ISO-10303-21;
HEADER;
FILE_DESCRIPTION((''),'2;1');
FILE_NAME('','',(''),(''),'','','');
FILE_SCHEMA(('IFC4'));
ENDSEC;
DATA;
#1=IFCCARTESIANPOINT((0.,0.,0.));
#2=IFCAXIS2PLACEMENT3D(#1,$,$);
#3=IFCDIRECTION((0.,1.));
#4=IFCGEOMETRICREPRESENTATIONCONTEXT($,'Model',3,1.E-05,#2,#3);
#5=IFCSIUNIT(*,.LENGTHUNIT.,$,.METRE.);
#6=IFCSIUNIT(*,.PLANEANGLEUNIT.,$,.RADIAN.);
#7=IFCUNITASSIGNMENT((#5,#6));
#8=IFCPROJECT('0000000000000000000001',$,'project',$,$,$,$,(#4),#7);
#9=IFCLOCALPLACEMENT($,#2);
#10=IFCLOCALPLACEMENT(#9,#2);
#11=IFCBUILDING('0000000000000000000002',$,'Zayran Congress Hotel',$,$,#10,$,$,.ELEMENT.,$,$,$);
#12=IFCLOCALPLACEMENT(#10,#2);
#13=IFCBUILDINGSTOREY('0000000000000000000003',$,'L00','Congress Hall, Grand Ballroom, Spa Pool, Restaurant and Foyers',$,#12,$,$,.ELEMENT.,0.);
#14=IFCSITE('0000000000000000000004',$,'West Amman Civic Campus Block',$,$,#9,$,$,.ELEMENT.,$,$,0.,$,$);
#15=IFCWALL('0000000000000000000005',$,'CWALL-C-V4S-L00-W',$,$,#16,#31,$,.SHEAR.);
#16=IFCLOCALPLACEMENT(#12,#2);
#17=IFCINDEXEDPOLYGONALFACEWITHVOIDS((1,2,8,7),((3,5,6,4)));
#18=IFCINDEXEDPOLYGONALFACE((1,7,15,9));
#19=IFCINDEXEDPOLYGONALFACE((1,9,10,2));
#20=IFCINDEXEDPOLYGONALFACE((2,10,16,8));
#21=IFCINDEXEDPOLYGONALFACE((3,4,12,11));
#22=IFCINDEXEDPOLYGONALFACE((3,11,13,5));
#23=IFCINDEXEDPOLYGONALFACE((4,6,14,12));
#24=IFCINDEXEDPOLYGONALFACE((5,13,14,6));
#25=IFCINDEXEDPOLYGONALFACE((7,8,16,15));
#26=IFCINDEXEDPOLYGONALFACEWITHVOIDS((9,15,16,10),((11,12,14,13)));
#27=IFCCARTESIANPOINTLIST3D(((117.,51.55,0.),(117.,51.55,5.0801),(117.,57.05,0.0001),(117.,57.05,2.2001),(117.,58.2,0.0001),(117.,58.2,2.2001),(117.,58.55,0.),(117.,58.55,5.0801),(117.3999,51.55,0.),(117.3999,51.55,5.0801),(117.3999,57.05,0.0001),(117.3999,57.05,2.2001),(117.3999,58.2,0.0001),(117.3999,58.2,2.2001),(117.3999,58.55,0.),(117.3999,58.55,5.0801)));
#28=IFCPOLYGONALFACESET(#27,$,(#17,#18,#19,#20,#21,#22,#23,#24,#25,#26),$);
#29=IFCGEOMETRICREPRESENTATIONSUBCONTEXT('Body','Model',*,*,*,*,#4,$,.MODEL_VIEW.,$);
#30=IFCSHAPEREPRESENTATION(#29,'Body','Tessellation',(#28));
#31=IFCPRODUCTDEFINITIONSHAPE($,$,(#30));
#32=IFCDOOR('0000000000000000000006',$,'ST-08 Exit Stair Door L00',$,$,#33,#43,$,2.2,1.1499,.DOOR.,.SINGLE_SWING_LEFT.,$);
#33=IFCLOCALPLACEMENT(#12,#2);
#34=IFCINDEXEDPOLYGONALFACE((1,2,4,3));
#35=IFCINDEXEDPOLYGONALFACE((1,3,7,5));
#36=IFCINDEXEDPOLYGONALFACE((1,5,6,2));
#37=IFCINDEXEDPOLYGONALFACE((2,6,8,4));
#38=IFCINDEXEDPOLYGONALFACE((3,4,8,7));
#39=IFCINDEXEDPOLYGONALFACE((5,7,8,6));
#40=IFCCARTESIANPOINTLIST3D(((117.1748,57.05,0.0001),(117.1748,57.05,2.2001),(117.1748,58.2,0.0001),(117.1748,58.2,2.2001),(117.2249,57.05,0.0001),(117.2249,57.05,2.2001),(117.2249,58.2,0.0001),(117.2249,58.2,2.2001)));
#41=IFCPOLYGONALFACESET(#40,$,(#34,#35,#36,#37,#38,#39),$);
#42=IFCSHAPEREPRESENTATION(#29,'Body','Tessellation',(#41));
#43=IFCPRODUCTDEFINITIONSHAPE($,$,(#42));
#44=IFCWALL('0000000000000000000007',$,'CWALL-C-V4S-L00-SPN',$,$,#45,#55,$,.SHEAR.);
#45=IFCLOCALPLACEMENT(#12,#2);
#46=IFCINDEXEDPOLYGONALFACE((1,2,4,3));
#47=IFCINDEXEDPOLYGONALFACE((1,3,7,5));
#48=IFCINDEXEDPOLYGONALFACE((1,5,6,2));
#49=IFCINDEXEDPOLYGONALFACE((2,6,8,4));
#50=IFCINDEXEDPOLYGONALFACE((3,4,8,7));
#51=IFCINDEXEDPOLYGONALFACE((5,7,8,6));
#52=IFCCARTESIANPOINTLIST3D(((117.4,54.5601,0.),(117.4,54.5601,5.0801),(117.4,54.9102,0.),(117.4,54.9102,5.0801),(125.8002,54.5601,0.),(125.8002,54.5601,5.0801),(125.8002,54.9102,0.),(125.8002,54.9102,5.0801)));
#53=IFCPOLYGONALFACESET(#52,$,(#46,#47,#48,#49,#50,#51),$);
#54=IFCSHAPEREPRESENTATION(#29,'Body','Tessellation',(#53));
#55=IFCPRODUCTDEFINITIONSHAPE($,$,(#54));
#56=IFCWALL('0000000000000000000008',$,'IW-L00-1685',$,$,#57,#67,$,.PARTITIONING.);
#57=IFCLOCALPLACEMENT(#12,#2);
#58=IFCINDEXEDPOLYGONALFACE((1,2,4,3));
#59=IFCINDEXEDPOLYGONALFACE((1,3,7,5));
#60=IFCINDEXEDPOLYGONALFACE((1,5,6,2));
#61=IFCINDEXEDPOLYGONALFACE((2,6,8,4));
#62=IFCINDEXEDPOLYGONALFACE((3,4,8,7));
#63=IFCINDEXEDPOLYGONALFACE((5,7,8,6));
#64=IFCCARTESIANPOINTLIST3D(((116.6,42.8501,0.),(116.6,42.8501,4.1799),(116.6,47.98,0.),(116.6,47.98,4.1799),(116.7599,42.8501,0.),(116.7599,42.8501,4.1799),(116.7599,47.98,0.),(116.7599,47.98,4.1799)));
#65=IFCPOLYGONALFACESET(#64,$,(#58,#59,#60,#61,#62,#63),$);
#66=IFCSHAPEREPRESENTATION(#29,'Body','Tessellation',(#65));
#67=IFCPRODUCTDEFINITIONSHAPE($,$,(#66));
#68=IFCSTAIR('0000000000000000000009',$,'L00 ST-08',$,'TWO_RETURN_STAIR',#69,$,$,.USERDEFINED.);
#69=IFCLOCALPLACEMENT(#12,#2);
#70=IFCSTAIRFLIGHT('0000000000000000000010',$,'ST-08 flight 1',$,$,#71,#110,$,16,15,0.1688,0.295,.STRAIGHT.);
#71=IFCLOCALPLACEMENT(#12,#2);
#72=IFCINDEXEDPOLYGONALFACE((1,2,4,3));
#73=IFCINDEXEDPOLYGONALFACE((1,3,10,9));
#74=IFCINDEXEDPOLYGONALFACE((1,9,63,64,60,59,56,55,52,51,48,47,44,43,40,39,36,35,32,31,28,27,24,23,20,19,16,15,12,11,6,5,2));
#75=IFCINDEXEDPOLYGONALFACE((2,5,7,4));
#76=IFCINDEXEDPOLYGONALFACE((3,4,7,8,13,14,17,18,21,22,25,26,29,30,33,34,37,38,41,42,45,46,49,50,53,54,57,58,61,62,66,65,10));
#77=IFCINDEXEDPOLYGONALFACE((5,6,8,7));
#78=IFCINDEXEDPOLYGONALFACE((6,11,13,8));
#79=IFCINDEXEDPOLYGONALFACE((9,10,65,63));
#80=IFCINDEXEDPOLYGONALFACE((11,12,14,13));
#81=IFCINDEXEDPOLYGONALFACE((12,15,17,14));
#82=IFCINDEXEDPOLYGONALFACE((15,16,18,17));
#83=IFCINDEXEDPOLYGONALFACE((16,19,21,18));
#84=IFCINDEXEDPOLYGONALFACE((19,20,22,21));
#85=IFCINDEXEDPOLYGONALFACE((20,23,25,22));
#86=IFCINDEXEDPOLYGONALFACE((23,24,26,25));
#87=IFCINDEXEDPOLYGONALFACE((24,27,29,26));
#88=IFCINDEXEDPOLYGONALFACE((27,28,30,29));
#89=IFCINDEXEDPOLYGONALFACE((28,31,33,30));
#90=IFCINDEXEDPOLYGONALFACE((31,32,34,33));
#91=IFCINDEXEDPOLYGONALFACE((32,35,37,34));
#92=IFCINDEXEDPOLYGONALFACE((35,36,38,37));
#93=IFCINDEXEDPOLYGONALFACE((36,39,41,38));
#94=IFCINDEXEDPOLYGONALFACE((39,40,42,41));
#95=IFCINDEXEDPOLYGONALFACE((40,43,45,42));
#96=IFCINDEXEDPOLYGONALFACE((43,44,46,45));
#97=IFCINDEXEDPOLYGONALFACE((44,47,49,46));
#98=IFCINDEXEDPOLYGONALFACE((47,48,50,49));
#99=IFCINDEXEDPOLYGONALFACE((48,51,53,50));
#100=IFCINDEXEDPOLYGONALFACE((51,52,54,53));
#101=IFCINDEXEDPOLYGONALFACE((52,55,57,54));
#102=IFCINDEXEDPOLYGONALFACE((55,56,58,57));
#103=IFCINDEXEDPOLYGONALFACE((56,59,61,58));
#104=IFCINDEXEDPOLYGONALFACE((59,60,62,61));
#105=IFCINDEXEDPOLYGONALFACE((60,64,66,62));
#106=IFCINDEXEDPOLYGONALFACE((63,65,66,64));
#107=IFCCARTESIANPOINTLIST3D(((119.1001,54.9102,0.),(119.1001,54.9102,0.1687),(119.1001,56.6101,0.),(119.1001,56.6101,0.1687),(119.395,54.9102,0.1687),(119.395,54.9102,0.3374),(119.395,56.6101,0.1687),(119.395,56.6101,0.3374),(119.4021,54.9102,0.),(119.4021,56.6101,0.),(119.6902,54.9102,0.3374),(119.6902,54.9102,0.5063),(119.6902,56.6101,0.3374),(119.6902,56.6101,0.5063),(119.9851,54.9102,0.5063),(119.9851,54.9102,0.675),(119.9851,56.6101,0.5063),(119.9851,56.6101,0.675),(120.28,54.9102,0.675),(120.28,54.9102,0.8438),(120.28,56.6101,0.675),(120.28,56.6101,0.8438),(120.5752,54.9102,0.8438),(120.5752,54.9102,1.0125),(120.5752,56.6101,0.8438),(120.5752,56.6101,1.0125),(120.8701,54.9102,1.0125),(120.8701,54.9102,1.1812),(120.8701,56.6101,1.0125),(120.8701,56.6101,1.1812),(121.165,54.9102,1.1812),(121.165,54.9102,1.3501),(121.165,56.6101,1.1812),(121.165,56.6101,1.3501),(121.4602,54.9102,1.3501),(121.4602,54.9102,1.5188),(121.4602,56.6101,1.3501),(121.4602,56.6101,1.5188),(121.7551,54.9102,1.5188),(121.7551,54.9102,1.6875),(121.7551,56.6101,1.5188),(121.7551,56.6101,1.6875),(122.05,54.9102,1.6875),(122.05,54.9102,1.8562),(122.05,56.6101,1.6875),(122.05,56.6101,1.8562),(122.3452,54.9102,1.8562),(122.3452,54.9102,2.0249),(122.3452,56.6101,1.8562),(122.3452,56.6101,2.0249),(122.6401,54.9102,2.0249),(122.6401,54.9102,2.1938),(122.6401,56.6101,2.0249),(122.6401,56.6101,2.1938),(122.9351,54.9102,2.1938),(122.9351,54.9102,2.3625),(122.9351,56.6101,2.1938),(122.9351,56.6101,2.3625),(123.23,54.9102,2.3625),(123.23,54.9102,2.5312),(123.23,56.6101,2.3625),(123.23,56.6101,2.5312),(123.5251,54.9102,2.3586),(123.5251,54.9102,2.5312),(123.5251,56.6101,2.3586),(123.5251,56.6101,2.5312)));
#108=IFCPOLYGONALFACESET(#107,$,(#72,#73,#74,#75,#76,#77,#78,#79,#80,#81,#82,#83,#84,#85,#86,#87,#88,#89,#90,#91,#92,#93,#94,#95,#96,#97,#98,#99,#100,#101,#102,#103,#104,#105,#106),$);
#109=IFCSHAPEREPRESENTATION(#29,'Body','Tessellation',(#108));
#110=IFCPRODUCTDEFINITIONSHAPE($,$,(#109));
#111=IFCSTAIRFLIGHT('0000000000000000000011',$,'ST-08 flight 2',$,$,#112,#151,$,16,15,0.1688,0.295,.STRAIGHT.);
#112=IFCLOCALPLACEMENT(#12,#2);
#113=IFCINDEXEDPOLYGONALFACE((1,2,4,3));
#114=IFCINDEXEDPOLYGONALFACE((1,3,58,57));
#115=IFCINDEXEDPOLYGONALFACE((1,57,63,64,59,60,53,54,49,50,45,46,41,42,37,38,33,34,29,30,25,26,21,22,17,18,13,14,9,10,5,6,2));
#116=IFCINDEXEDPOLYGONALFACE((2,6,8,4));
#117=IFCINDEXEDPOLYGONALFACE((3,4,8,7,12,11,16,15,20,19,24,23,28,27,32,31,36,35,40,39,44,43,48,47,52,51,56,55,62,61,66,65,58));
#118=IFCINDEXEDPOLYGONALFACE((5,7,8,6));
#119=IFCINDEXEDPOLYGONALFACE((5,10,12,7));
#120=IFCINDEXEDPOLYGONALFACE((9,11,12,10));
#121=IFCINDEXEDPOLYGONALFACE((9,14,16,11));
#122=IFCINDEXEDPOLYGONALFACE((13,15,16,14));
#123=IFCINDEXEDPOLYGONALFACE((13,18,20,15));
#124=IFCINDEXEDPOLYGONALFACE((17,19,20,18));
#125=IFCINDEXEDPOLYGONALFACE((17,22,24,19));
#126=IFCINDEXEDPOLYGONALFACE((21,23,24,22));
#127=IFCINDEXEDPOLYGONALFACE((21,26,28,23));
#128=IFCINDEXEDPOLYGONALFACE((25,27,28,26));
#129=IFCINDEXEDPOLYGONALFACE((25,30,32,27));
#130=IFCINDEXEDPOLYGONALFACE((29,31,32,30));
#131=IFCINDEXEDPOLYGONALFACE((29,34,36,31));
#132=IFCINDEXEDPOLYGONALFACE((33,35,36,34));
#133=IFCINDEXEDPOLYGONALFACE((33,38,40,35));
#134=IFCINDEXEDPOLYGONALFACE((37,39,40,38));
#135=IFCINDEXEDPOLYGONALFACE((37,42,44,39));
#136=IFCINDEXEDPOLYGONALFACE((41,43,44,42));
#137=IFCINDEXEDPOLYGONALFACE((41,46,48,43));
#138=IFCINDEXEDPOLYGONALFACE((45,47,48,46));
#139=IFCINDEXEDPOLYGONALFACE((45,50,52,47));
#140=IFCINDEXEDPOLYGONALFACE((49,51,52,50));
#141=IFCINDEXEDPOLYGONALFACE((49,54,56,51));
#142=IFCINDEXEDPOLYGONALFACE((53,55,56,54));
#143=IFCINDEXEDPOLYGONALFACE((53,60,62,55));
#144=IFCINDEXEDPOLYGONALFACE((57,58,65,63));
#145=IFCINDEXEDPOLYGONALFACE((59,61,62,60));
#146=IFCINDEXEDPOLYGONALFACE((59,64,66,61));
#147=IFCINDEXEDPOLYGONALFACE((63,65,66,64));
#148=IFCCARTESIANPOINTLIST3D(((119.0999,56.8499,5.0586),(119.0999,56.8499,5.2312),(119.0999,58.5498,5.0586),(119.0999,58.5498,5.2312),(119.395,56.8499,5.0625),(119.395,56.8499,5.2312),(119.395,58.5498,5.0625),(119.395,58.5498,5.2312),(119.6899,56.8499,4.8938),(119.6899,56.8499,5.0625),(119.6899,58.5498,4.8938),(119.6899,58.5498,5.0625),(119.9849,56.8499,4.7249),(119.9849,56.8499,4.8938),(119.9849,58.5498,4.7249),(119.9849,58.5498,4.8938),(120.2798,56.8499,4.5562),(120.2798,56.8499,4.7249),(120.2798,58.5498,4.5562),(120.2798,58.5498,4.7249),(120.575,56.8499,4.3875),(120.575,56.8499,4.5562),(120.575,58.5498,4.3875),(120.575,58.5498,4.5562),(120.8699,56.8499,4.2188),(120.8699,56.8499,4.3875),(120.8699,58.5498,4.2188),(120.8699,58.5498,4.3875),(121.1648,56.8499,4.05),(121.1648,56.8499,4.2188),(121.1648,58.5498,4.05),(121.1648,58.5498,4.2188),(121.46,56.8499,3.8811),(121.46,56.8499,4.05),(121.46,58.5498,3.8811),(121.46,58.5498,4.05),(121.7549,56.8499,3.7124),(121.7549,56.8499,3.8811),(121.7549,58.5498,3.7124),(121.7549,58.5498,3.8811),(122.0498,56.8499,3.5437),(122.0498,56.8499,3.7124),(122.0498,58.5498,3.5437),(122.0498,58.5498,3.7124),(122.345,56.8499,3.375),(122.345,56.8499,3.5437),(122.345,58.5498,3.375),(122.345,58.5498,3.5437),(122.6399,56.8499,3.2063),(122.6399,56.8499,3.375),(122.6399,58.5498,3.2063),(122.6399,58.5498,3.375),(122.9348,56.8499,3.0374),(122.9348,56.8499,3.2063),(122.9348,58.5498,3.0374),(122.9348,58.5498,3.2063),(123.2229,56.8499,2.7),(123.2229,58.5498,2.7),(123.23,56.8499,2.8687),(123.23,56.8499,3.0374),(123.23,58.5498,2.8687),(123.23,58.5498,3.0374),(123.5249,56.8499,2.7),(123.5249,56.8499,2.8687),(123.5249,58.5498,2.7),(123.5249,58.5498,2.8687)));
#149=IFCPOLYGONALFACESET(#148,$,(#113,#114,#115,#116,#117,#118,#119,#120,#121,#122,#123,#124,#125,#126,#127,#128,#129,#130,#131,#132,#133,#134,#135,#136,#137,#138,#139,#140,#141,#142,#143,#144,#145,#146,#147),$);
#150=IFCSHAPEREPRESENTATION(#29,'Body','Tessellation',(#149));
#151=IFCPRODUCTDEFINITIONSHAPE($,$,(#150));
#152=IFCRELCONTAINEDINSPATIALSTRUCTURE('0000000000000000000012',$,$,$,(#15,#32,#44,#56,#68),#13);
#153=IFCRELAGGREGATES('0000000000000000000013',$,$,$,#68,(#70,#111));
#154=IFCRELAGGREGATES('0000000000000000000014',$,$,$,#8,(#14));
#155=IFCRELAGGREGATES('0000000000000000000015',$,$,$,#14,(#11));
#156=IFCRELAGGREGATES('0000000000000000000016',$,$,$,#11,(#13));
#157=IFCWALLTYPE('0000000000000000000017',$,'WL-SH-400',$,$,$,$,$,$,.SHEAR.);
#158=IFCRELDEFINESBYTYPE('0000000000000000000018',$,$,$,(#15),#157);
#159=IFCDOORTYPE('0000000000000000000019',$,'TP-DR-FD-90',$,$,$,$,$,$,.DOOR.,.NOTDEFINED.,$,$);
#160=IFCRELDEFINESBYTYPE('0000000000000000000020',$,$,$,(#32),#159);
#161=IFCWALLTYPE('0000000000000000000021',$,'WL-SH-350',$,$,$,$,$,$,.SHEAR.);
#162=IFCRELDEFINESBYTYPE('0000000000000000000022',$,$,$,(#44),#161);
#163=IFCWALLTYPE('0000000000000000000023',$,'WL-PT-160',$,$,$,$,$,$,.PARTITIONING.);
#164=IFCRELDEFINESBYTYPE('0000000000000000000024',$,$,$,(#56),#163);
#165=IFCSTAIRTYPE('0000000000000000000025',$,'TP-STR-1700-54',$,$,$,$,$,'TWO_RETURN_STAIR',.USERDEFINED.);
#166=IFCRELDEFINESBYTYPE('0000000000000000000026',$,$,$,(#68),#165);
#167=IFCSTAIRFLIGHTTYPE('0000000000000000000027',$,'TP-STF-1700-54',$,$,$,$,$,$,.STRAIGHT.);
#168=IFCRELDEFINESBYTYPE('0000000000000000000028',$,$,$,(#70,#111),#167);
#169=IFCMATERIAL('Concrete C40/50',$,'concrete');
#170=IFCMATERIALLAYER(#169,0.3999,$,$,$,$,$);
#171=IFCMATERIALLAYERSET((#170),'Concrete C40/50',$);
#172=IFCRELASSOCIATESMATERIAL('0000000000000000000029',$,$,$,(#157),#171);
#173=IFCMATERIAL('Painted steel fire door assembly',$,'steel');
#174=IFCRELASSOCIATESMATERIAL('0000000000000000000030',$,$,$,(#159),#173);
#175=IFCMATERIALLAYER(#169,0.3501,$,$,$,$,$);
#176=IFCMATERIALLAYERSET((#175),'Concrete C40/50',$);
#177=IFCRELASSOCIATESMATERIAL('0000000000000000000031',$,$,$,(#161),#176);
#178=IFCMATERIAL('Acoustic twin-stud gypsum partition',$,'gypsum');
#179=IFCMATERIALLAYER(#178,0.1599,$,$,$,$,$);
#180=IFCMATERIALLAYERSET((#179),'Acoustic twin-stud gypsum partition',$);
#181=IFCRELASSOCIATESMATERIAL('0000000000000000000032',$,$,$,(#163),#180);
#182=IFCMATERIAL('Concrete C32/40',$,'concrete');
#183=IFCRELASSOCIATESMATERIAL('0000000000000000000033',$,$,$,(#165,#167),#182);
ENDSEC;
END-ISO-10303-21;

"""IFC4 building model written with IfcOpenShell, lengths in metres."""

from ifc_helpers import new_model, si_unit, direction, frame, frame_2d, origin, place, context, subcontext, project, spatial, polyline, rectangle, outline, extrude, material, layer, layer_set, type_object, element, fill, aggregate, save


model = new_model("IFC4")

# Units and contexts
model_context = context("Model", 3, precision=1e-05, world=origin(), true_north=direction((0.0, 1.0)))
body_context = subcontext(model_context, "Body", "Model", "MODEL_VIEW")
ifc_project = project(units=[si_unit("LENGTHUNIT", "METRE"), si_unit("PLANEANGLEUNIT", "RADIAN")], contexts=[model_context])

# Site, building, storey
site_placement = place(None, origin())
site = spatial("IfcSite", under=ifc_project, at=site_placement, Name="West Amman Civic Campus Block", CompositionType="ELEMENT", RefElevation=0.0)
building_placement = place(site_placement, origin())
building = spatial("IfcBuilding", under=site, at=building_placement, Name="Zayran Congress Hotel", CompositionType="ELEMENT")
storey_placement = place(building_placement, origin())
storey = spatial("IfcBuildingStorey", under=building, at=storey_placement, Name="L00", Description="Congress Hall, Grand Ballroom, Spa Pool, Restaurant and Foyers", CompositionType="ELEMENT", Elevation=0.0)

# Shared definitions
ifc_material_1 = material(Name="Concrete C40/50", Category="concrete")

# Shared definitions
ifc_layer_1 = layer(ifc_material_1, 0.3999)
ifc_layer_set_1 = layer_set([ifc_layer_1], Name="Concrete C40/50")
wall_type_1 = type_object("IfcWallType", Name="WL-SH-400", PredefinedType="SHEAR", material=ifc_layer_set_1)

# Wall, opening, door
wall_1_placement = place(storey_placement, frame((117.2, 58.55, 0.0), z_axis=(0.0, 0.0, 1.0), x_axis=(0.0, -1.0, 0.0)))
wall_1 = element("IfcWall", 1, at=wall_1_placement, inside=storey, type_object=wall_type_1, Name="CWALL-C-V4S-L00-W", PredefinedType="SHEAR", context=body_context, shape_type="SweptSolid", body=[
    extrude(rectangle(XDim=7.0, YDim=0.3999, at=frame_2d((3.5, 0.0))), origin(), (0.0, 0.0, 1.0), 5.0801),
])
opening_placement = place(wall_1_placement, frame((0.3501, 0.0, 0.0)))
opening = element("IfcOpeningElement", 2, at=opening_placement, cuts=wall_1, PredefinedType="OPENING", context=body_context, shape_type="SweptSolid", body=[
    extrude(rectangle(XDim=1.1499, YDim=2.2, at=frame_2d((0.575, 1.1001))), frame((0.0, 0.21, 0.0), z_axis=(0.0, -1.0, 0.0), x_axis=(1.0, 0.0, 0.0)), (0.0, 0.0, 1.0), 0.4199),
])
ifc_material_2 = material(Name="Painted steel fire door assembly", Category="steel")
door_type = type_object("IfcDoorType", Name="TP-DR-FD-90", OperationType="NOTDEFINED", PredefinedType="DOOR", material=ifc_material_2)
door_placement = place(opening_placement, origin())
door = element("IfcDoor", 3, at=door_placement, inside=storey, type_object=door_type, Name="ST-08 Exit Stair Door L00", OperationType="SINGLE_SWING_LEFT", OverallHeight=2.2, OverallWidth=1.1499, PredefinedType="DOOR", context=body_context, shape_type="SweptSolid", body=[
    extrude(rectangle(XDim=1.1499, YDim=2.2, at=frame_2d((0.575, 1.1001))), frame((0.0, 0.0249, 0.0), z_axis=(0.0, -1.0, 0.0), x_axis=(1.0, 0.0, 0.0)), (0.0, 0.0, 1.0), 0.05),
])
fill(opening, door)

# Walls
ifc_layer_2 = layer(ifc_material_1, 0.3501)
ifc_layer_set_2 = layer_set([ifc_layer_2], Name="Concrete C40/50")
wall_type_2 = type_object("IfcWallType", Name="WL-SH-350", PredefinedType="SHEAR", material=ifc_layer_set_2)
wall_2_placement = place(storey_placement, frame((117.3999, 54.7351, 0.0), z_axis=(0.0, 0.0, 1.0), x_axis=(1.0, 0.0, 0.0)))
element("IfcWall", 4, at=wall_2_placement, inside=storey, type_object=wall_type_2, Name="CWALL-C-V4S-L00-SPN", PredefinedType="SHEAR", context=body_context, shape_type="SweptSolid", body=[
    extrude(rectangle(XDim=8.4001, YDim=0.3501, at=frame_2d((4.2002, 0.0))), origin(), (0.0, 0.0, 1.0), 5.0801),
])
ifc_material_3 = material(Name="Acoustic twin-stud gypsum partition", Category="gypsum")
ifc_layer_3 = layer(ifc_material_3, 0.1599)
ifc_layer_set_3 = layer_set([ifc_layer_3], Name="Acoustic twin-stud gypsum partition")
wall_type_3 = type_object("IfcWallType", Name="WL-PT-160", PredefinedType="PARTITIONING", material=ifc_layer_set_3)
wall_3_placement = place(storey_placement, frame((116.6799, 42.8501, 0.0), z_axis=(0.0, 0.0, 1.0), x_axis=(0.0, 1.0, 0.0)))
element("IfcWall", 5, at=wall_3_placement, inside=storey, type_object=wall_type_3, Name="IW-L00-1685", PredefinedType="PARTITIONING", context=body_context, shape_type="SweptSolid", body=[
    extrude(rectangle(XDim=5.1299, YDim=0.1599, at=frame_2d((2.5649, 0.0))), origin(), (0.0, 0.0, 1.0), 4.1799),
])

# Stair, stair flights
ifc_material_4 = material(Name="Concrete C32/40", Category="concrete")
stair_type = type_object("IfcStairType", Name="TP-STR-1700-54", ElementType="TWO_RETURN_STAIR", PredefinedType="USERDEFINED", material=ifc_material_4)
stair_placement = place(storey_placement, origin())
stair = element("IfcStair", 6, at=stair_placement, inside=storey, type_object=stair_type, Name="L00 ST-08", ObjectType="TWO_RETURN_STAIR", PredefinedType="USERDEFINED")
stair_flight_type = type_object("IfcStairFlightType", Name="TP-STF-1700-54", PredefinedType="STRAIGHT", material=ifc_material_4)
stair_flight_1_placement = place(storey_placement, frame((119.1001, 55.76, 0.0), z_axis=(0.0, 0.0, 1.0), x_axis=(1.0, 0.0, 0.0)))
stair_flight_1 = element("IfcStairFlight", 7, at=stair_flight_1_placement, type_object=stair_flight_type, Name="ST-08 flight 1", NumberOfRisers=16, NumberOfTreads=15, PredefinedType="STRAIGHT", RiserHeight=0.1688, TreadLength=0.295, context=body_context, shape_type="SweptSolid", body=[
    extrude(outline(polyline([(0.0, 0.0), (0.0, 0.1687), (0.2949, 0.1687), (0.2949, 0.3374), (0.5901, 0.3374), (0.5901, 0.5063), (0.885, 0.5063), (0.885, 0.675), (1.1799, 0.675), (1.1799, 0.8438), (1.4751, 0.8438), (1.4751, 1.0125), (1.77, 1.0125), (1.77, 1.1812), (2.0649, 1.1812), (2.0649, 1.3501), (2.3601, 1.3501), (2.3601, 1.5188), (2.655, 1.5188), (2.655, 1.6875), (2.95, 1.6875), (2.95, 1.8562), (3.2451, 1.8562), (3.2451, 2.0249), (3.54, 2.0249), (3.54, 2.1938), (3.835, 2.1938), (3.835, 2.3625), (4.1299, 2.3625), (4.1299, 2.5312), (4.425, 2.5312), (4.425, 2.7), (4.425, 2.3586), (0.302, 0.0), (0.0, 0.0)])), frame((0.0, 0.8501, 0.0), z_axis=(0.0, -1.0, 0.0), x_axis=(1.0, 0.0, 0.0)), (0.0, 0.0, 1.0), 1.7),
])
stair_flight_2_placement = place(storey_placement, frame((123.5249, 57.7, 2.7), z_axis=(0.0, 0.0, 1.0), x_axis=(-1.0, 0.0, 0.0)))
stair_flight_2 = element("IfcStairFlight", 8, at=stair_flight_2_placement, type_object=stair_flight_type, Name="ST-08 flight 2", NumberOfRisers=16, NumberOfTreads=15, PredefinedType="STRAIGHT", RiserHeight=0.1688, TreadLength=0.295, context=body_context, shape_type="SweptSolid", body=[
    extrude(outline(polyline([(0.0, 0.0), (0.0, 0.1687), (0.2949, 0.1687), (0.2949, 0.3374), (0.5901, 0.3374), (0.5901, 0.5063), (0.885, 0.5063), (0.885, 0.675), (1.1799, 0.675), (1.1799, 0.8438), (1.4751, 0.8438), (1.4751, 1.0125), (1.77, 1.0125), (1.77, 1.1812), (2.0649, 1.1812), (2.0649, 1.3501), (2.3601, 1.3501), (2.3601, 1.5188), (2.655, 1.5188), (2.655, 1.6875), (2.95, 1.6875), (2.95, 1.8562), (3.2451, 1.8562), (3.2451, 2.0249), (3.54, 2.0249), (3.54, 2.1938), (3.835, 2.1938), (3.835, 2.3625), (4.1299, 2.3625), (4.1299, 2.5312), (4.425, 2.5312), (4.425, 2.7), (4.425, 2.3586), (0.302, 0.0), (0.0, 0.0)])), frame((0.0, 0.8501, 0.0), z_axis=(0.0, -1.0, 0.0), x_axis=(1.0, 0.0, 0.0)), (0.0, 0.0, 1.0), 1.7),
])
aggregate(stair, [stair_flight_1, stair_flight_2])

save(model, "model.ifc")
